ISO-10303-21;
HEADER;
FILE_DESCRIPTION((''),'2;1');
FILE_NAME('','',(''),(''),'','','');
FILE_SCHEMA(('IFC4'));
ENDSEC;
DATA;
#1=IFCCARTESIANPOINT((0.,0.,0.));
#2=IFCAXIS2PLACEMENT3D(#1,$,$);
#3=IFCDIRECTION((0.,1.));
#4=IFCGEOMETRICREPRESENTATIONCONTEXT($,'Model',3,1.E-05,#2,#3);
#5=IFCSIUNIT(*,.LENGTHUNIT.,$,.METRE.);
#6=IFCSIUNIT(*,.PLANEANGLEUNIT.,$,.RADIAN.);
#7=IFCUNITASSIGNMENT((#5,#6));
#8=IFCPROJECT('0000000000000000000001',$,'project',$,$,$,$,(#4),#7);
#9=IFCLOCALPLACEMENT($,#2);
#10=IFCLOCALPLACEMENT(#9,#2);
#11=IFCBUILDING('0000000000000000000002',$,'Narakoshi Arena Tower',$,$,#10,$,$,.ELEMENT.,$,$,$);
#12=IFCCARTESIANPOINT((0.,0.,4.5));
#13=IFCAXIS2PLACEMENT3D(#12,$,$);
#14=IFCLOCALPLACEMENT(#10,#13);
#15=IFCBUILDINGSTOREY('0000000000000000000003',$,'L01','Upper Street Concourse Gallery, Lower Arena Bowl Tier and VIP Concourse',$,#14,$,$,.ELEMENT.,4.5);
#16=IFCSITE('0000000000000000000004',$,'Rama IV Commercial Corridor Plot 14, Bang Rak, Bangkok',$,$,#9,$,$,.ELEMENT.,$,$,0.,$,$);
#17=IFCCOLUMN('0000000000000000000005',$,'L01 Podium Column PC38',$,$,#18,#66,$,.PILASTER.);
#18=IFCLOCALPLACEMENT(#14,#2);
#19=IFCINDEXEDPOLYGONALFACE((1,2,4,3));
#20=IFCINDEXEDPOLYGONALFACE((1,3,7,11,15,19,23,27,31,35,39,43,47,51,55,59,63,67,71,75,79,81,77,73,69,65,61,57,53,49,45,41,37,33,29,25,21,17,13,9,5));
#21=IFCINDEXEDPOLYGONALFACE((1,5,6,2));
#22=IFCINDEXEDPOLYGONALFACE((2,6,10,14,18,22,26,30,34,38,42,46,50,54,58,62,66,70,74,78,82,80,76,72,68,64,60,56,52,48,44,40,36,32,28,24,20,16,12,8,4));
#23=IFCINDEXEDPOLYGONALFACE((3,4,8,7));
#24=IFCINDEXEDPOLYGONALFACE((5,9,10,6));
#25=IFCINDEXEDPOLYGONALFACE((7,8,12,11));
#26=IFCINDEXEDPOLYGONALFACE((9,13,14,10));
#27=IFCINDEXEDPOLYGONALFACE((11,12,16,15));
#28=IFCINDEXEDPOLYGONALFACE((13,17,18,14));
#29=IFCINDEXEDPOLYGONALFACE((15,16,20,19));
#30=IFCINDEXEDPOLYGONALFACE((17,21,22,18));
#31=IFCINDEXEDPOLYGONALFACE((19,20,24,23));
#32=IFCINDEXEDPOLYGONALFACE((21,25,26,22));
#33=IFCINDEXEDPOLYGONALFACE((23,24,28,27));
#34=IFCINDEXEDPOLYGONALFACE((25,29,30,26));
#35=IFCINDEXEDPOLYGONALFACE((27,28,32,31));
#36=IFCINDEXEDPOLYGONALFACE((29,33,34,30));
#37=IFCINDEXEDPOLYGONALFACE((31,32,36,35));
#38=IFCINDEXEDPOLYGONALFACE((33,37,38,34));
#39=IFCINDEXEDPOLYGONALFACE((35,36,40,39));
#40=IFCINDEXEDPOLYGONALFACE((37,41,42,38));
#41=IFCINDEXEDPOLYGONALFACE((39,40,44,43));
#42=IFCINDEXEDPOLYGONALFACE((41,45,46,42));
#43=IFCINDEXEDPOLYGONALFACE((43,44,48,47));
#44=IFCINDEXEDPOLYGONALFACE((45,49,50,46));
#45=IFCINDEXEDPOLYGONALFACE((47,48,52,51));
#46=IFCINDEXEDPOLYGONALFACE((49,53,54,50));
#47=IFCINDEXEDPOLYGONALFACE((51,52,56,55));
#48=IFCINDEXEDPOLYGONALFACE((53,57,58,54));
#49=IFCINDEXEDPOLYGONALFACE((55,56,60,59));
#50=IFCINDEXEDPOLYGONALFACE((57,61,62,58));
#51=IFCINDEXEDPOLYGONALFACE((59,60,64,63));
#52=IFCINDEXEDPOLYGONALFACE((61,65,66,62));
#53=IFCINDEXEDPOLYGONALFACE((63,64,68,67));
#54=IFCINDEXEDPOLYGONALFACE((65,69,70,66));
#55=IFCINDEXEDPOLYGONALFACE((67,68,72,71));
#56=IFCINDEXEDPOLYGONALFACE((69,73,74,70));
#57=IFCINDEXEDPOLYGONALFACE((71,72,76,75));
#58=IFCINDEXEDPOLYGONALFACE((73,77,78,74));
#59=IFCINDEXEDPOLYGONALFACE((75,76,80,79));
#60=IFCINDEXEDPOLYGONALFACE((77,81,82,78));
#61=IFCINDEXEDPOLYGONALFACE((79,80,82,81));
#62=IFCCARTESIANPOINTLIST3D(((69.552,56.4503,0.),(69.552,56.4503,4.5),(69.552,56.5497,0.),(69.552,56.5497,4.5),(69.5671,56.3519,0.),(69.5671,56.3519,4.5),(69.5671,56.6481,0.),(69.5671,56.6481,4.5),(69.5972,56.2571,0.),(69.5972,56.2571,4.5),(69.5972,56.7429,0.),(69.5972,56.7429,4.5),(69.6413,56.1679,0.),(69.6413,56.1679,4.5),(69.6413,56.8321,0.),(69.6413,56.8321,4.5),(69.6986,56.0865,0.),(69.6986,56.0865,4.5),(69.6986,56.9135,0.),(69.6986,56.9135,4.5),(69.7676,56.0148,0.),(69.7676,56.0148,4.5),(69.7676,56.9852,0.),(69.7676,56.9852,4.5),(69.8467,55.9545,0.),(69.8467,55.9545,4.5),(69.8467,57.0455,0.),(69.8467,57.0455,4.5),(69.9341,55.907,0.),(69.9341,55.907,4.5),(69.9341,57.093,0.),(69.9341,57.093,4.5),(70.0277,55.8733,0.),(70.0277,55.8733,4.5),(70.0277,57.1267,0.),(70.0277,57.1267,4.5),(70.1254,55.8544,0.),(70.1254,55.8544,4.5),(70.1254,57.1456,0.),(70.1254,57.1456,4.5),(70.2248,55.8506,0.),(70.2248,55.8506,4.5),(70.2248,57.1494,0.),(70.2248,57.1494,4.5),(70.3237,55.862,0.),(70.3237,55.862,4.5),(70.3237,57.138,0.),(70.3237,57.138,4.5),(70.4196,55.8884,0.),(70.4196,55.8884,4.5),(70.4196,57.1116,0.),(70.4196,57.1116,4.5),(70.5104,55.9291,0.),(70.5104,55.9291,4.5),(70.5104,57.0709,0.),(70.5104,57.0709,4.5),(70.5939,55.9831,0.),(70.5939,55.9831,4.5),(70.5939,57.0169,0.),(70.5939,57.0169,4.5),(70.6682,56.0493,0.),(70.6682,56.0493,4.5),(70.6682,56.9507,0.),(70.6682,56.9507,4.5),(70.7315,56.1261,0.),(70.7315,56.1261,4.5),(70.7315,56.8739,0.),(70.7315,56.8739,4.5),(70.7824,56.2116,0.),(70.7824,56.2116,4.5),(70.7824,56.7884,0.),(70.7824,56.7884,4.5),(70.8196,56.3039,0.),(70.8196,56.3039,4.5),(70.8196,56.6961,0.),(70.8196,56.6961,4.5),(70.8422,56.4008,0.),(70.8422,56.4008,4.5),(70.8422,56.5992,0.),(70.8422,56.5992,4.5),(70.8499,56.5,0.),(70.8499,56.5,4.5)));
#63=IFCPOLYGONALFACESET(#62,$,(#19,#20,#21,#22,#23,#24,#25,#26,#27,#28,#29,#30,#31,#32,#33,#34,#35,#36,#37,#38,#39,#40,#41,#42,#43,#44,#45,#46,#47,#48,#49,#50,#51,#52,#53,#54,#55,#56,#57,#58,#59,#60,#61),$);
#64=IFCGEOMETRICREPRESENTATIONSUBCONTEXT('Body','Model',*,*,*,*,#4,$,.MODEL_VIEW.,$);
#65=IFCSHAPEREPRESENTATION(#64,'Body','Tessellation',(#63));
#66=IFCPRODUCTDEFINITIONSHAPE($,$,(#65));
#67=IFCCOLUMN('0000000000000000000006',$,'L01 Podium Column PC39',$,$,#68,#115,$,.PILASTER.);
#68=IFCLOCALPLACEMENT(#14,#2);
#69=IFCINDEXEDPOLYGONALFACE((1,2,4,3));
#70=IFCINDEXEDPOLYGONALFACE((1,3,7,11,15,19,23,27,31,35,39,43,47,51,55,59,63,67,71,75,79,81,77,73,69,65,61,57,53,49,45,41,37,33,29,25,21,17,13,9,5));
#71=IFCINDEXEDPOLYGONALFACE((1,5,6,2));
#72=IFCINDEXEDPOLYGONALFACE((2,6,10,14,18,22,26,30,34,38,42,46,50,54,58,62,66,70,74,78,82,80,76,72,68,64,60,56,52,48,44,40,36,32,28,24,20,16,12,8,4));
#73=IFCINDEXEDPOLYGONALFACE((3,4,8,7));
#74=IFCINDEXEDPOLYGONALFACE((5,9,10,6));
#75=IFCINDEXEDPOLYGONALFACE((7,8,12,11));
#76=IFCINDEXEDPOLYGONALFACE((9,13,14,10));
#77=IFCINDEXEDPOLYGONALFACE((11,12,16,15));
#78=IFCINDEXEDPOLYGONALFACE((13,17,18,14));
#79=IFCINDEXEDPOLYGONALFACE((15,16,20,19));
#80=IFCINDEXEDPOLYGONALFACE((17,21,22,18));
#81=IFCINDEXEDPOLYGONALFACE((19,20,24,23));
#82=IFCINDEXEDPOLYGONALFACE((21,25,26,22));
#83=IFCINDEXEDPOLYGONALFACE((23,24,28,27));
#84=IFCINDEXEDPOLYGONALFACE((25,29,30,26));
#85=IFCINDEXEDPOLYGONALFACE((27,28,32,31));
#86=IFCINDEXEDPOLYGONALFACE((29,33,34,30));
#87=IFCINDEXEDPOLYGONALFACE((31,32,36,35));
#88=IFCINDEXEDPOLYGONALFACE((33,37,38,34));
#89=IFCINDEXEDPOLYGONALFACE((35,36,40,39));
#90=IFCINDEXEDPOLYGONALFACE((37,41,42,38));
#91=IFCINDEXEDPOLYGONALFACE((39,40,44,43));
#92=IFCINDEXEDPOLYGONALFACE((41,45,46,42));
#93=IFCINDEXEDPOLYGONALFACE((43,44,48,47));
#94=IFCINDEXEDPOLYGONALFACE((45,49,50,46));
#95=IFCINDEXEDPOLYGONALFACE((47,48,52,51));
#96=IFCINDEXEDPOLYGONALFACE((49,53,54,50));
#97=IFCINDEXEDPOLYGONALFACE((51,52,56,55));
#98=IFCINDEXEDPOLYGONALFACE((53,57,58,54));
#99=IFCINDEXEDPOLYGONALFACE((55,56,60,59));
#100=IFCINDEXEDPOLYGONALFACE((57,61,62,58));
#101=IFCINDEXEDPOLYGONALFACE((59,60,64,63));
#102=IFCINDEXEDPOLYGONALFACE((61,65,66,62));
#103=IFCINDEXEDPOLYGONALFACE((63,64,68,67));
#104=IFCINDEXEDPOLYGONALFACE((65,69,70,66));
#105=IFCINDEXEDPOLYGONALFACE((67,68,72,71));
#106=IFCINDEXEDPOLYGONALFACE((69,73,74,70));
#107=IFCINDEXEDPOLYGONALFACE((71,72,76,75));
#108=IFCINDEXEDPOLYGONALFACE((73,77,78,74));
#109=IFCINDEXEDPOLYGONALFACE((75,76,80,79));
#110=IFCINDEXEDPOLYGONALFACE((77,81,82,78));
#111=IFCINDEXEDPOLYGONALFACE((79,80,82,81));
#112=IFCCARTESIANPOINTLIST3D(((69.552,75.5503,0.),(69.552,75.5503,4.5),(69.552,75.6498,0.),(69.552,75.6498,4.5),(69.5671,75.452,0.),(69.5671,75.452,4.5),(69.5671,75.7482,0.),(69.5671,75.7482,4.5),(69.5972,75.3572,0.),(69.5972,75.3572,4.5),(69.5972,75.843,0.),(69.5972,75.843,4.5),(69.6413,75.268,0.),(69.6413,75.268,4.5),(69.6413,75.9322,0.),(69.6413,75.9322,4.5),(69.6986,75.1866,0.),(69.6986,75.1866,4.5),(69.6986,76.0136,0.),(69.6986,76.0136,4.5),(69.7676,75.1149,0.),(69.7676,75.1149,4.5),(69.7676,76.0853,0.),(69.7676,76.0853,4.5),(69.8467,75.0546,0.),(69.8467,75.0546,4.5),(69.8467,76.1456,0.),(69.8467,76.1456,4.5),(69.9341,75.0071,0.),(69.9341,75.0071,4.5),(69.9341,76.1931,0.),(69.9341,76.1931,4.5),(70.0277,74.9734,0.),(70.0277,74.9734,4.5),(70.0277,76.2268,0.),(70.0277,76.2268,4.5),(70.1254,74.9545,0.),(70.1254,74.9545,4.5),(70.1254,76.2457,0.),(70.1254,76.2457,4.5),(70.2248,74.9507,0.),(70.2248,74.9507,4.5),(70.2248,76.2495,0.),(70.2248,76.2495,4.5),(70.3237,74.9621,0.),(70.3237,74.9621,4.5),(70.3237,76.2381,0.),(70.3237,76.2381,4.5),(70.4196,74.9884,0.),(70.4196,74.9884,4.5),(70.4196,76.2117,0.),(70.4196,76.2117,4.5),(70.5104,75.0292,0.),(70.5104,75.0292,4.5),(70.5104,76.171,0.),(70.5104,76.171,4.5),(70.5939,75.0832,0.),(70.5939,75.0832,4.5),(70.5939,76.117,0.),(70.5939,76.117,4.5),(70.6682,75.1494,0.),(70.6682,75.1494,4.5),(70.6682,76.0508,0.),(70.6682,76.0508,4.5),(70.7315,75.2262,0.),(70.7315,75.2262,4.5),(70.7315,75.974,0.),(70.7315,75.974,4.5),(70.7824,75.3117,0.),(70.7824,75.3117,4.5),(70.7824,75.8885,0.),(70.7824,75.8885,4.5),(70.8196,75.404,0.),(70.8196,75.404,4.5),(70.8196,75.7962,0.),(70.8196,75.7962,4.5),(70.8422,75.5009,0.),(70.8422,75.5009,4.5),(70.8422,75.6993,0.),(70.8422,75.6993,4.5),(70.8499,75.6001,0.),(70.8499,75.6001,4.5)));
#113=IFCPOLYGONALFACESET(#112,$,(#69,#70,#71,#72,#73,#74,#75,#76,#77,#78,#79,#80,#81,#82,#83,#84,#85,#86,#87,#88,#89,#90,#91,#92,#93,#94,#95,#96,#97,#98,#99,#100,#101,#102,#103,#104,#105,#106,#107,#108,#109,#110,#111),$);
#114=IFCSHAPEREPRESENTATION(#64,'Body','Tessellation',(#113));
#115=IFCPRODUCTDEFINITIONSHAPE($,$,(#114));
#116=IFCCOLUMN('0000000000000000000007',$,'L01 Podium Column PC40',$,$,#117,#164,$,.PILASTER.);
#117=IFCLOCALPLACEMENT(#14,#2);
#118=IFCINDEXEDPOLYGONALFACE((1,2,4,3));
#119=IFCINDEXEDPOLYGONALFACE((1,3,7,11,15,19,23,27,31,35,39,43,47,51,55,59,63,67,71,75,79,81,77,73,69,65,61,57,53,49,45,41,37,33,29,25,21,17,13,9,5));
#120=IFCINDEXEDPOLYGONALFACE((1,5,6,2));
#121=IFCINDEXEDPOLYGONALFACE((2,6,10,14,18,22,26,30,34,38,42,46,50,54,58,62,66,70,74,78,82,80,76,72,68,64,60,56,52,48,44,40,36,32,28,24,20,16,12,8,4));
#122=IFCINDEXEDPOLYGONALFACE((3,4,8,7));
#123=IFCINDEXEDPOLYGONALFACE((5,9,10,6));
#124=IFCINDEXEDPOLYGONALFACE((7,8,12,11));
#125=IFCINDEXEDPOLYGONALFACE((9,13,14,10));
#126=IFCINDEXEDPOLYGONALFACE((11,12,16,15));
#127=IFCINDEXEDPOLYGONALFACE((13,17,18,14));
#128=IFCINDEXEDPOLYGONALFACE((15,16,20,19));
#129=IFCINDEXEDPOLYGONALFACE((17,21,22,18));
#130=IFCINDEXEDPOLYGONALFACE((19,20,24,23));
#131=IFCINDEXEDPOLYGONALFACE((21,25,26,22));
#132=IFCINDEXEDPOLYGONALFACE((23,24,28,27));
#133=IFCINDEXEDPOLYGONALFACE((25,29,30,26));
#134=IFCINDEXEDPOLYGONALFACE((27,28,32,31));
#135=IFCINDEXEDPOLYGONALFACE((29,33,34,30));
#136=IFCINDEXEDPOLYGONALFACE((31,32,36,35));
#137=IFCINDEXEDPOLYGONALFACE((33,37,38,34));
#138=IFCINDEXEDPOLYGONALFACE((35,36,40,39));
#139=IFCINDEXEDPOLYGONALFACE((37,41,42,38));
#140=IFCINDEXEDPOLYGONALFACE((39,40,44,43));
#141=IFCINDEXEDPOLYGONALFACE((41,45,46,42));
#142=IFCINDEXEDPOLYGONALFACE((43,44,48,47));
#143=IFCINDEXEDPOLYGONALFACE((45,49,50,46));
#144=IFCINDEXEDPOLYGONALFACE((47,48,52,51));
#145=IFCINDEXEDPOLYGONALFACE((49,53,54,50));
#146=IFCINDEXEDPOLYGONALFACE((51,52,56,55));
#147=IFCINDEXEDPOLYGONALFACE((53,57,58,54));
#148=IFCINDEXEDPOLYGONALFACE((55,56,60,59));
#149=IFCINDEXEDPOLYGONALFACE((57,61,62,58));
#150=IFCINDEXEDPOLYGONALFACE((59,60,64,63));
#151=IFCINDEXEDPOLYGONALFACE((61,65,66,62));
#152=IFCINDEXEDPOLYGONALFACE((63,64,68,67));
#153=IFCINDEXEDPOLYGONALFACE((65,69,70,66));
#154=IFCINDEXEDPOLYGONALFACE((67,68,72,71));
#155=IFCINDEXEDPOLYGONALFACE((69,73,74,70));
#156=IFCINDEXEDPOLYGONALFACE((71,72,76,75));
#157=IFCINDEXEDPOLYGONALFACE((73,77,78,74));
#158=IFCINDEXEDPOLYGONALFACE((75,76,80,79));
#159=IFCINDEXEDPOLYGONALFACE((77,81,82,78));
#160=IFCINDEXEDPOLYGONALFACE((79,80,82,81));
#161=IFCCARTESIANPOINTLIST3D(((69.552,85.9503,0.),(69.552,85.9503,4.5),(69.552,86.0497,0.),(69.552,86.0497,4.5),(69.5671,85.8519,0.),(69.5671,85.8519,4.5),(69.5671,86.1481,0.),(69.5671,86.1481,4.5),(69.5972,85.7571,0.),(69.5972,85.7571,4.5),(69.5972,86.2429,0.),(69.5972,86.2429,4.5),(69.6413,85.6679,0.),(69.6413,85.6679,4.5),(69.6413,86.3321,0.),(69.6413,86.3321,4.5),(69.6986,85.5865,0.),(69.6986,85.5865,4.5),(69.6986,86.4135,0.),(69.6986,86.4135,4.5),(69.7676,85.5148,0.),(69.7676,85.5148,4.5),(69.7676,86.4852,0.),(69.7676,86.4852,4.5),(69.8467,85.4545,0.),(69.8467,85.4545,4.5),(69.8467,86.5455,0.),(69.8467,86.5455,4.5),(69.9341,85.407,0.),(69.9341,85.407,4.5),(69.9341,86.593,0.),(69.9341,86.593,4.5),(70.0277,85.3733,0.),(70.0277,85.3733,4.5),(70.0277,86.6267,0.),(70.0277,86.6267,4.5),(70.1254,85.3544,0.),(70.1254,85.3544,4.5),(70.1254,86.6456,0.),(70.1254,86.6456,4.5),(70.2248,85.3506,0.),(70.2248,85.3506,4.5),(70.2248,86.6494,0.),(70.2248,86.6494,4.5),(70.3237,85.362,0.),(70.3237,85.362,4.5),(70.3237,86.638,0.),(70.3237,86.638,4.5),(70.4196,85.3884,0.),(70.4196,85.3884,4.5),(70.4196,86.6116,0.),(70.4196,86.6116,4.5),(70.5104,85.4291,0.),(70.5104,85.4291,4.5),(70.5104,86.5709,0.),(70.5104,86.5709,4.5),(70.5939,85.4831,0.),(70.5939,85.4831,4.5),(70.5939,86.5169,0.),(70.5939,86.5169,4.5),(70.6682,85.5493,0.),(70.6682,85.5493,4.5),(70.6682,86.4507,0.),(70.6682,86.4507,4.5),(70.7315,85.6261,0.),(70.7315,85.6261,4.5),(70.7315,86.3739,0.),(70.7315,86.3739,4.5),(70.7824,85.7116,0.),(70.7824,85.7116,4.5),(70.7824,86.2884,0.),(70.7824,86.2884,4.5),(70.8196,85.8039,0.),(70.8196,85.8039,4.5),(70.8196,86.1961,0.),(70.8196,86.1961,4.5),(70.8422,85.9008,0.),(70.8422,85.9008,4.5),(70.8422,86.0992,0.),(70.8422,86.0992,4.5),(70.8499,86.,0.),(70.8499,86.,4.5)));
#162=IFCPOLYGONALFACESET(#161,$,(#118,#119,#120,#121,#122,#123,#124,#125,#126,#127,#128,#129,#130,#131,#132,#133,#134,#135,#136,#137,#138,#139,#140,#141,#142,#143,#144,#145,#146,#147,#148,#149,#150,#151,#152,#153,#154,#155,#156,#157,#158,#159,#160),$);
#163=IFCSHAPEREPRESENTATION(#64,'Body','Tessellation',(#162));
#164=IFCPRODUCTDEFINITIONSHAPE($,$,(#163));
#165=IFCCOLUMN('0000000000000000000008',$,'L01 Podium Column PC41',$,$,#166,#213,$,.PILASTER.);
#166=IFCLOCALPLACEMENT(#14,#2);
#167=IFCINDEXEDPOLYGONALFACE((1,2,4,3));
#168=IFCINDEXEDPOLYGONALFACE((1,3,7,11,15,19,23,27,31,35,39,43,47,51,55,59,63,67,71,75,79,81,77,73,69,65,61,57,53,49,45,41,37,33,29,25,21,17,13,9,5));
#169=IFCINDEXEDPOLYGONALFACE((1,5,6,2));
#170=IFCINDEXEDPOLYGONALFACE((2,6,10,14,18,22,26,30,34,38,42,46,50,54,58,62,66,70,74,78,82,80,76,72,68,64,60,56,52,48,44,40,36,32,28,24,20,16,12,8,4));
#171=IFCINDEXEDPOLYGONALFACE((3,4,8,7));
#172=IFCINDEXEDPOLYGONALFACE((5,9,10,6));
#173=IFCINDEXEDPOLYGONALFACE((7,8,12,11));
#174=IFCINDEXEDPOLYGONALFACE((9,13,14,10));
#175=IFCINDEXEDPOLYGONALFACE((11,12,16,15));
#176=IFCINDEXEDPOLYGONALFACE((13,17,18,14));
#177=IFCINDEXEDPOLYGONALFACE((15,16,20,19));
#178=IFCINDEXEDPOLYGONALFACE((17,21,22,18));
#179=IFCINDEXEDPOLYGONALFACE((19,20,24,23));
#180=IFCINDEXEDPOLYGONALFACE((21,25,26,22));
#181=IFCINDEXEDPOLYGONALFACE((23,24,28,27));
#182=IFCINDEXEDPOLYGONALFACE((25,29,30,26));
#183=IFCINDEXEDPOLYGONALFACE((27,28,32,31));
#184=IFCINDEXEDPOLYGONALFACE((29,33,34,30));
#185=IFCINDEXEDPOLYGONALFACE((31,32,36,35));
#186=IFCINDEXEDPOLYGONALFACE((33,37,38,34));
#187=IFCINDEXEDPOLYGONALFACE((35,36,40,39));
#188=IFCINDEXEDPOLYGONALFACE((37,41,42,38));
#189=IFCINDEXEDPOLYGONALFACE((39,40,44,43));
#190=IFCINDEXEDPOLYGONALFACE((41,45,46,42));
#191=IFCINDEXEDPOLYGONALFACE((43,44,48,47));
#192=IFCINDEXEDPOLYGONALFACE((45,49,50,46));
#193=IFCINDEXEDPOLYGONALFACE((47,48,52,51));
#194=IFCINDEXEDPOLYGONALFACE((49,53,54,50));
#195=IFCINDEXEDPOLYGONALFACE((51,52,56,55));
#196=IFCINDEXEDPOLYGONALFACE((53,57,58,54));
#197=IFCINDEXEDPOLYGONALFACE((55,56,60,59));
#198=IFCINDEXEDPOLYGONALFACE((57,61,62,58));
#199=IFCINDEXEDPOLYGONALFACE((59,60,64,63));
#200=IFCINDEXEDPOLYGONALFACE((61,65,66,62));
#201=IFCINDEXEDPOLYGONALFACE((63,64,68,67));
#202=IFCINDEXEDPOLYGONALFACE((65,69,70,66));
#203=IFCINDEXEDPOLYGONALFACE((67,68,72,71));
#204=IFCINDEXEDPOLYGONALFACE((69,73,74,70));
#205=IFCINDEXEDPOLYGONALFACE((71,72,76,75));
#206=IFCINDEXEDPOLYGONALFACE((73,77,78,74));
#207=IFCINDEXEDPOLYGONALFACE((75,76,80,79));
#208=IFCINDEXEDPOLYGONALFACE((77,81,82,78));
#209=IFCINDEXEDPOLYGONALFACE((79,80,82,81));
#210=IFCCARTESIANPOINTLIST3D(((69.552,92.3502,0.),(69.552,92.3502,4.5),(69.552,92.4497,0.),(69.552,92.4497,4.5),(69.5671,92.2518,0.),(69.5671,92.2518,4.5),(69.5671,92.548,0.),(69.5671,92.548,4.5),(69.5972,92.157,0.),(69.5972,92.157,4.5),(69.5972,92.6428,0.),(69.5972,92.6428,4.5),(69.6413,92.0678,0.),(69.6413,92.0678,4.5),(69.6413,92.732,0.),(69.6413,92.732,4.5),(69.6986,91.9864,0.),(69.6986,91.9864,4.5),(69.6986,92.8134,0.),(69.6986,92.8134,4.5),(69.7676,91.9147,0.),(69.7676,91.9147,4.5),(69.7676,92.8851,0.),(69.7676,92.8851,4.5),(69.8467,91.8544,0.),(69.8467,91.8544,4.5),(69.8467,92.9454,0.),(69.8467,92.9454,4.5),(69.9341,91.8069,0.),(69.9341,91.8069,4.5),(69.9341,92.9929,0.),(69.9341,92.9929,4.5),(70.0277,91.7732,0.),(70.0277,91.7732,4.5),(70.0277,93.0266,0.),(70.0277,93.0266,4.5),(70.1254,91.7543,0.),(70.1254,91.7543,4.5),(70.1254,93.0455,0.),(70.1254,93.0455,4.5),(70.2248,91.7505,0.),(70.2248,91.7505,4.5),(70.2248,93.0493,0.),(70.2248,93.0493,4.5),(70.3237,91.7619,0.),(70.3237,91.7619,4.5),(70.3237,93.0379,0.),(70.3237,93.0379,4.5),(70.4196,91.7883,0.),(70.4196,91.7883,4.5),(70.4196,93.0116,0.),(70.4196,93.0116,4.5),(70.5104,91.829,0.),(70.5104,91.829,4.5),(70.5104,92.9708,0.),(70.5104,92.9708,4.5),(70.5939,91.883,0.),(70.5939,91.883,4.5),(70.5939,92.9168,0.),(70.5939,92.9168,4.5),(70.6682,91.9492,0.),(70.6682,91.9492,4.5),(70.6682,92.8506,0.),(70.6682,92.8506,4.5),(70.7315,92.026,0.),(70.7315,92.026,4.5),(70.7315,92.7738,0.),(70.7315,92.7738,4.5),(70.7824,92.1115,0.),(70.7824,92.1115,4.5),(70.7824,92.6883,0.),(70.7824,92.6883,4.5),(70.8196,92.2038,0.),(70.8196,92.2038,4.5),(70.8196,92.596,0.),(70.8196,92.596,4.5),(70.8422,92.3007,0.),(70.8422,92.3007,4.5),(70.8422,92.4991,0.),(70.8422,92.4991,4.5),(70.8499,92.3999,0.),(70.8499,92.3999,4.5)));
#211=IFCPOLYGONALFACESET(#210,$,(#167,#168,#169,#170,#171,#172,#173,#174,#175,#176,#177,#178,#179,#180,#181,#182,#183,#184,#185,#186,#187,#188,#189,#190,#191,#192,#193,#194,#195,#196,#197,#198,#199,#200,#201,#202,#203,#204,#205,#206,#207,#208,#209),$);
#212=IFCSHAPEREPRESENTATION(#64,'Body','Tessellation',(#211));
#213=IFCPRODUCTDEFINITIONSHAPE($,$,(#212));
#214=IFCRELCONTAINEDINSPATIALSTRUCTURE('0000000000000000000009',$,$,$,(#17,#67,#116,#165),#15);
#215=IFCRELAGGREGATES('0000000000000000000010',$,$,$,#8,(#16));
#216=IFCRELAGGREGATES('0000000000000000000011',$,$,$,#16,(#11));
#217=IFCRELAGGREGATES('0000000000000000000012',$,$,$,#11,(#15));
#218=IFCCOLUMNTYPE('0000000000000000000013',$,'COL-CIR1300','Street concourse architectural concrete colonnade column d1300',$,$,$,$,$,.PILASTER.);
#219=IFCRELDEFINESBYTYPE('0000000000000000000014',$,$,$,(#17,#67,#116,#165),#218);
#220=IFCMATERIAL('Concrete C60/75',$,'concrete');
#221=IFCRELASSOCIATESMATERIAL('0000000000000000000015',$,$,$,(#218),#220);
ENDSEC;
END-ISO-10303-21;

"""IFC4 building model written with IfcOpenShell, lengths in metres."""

from ifc_helpers import new_model, si_unit, direction, frame, origin, origin_2d, place, context, subcontext, project, spatial, circle, extrude, material, material_profile, profile_set, type_object, element, save


model = new_model("IFC4")

# Units and contexts
model_context = context("Model", 3, precision=1e-05, world=origin(), true_north=direction((0.0, 1.0)))
body_context = subcontext(model_context, "Body", "Model", "MODEL_VIEW")
ifc_project = project(units=[si_unit("LENGTHUNIT", "METRE"), si_unit("PLANEANGLEUNIT", "RADIAN")], contexts=[model_context])

# Site, building, storey
site_placement = place(None, origin())
site = spatial("IfcSite", under=ifc_project, at=site_placement, Name="Rama IV Commercial Corridor Plot 14, Bang Rak, Bangkok", CompositionType="ELEMENT", RefElevation=0.0)
building_placement = place(site_placement, origin())
building = spatial("IfcBuilding", under=site, at=building_placement, Name="Narakoshi Arena Tower", CompositionType="ELEMENT")
storey_placement = place(building_placement, frame((0.0, 0.0, 4.5)))
storey = spatial("IfcBuildingStorey", under=building, at=storey_placement, Name="L01", Description="Upper Street Concourse Gallery, Lower Arena Bowl Tier and VIP Concourse", CompositionType="ELEMENT", Elevation=4.5)

# Columns
ifc_material_1 = material(Name="Concrete C60/75", Category="concrete")
ifc_material_profile_1 = material_profile(ifc_material_1, circle(Radius=0.6499, at=origin_2d()), Name="RCC1300")
ifc_profile_set_1 = profile_set([ifc_material_profile_1], Name="Concrete C60/75")
column_type_1 = type_object("IfcColumnType", Name="COL-CIR1300", Description="Street concourse architectural concrete colonnade column d1300", PredefinedType="PILASTER", material=ifc_profile_set_1)
for number, where, z_axis, x_axis, name in (
    (1, (70.2, 56.5, 0.0), (0.0, 0.0, 1.0), (1.0, 0.0, 0.0), "L01 Podium Column PC38"),
    (2, (70.2, 75.6001, 0.0), (0.0, 0.0, 1.0), (1.0, 0.0, 0.0), "L01 Podium Column PC39"),
    (3, (70.2, 86.0, 0.0), (0.0, 0.0, 1.0), (1.0, 0.0, 0.0), "L01 Podium Column PC40"),
    (4, (70.2, 92.3999, 0.0), (0.0, 0.0, 1.0), (1.0, 0.0, 0.0), "L01 Podium Column PC41"),
):
    element("IfcColumn", number, at=place(storey_placement, frame(where, z_axis=z_axis, x_axis=x_axis)), inside=storey, type_object=column_type_1, Name=name, PredefinedType="PILASTER", context=body_context, shape_type="SweptSolid", body=[
        extrude(circle(Radius=0.6499, at=origin_2d()), origin(), (0.0, 0.0, 1.0), 4.5),
    ])

save(model, "model.ifc")
